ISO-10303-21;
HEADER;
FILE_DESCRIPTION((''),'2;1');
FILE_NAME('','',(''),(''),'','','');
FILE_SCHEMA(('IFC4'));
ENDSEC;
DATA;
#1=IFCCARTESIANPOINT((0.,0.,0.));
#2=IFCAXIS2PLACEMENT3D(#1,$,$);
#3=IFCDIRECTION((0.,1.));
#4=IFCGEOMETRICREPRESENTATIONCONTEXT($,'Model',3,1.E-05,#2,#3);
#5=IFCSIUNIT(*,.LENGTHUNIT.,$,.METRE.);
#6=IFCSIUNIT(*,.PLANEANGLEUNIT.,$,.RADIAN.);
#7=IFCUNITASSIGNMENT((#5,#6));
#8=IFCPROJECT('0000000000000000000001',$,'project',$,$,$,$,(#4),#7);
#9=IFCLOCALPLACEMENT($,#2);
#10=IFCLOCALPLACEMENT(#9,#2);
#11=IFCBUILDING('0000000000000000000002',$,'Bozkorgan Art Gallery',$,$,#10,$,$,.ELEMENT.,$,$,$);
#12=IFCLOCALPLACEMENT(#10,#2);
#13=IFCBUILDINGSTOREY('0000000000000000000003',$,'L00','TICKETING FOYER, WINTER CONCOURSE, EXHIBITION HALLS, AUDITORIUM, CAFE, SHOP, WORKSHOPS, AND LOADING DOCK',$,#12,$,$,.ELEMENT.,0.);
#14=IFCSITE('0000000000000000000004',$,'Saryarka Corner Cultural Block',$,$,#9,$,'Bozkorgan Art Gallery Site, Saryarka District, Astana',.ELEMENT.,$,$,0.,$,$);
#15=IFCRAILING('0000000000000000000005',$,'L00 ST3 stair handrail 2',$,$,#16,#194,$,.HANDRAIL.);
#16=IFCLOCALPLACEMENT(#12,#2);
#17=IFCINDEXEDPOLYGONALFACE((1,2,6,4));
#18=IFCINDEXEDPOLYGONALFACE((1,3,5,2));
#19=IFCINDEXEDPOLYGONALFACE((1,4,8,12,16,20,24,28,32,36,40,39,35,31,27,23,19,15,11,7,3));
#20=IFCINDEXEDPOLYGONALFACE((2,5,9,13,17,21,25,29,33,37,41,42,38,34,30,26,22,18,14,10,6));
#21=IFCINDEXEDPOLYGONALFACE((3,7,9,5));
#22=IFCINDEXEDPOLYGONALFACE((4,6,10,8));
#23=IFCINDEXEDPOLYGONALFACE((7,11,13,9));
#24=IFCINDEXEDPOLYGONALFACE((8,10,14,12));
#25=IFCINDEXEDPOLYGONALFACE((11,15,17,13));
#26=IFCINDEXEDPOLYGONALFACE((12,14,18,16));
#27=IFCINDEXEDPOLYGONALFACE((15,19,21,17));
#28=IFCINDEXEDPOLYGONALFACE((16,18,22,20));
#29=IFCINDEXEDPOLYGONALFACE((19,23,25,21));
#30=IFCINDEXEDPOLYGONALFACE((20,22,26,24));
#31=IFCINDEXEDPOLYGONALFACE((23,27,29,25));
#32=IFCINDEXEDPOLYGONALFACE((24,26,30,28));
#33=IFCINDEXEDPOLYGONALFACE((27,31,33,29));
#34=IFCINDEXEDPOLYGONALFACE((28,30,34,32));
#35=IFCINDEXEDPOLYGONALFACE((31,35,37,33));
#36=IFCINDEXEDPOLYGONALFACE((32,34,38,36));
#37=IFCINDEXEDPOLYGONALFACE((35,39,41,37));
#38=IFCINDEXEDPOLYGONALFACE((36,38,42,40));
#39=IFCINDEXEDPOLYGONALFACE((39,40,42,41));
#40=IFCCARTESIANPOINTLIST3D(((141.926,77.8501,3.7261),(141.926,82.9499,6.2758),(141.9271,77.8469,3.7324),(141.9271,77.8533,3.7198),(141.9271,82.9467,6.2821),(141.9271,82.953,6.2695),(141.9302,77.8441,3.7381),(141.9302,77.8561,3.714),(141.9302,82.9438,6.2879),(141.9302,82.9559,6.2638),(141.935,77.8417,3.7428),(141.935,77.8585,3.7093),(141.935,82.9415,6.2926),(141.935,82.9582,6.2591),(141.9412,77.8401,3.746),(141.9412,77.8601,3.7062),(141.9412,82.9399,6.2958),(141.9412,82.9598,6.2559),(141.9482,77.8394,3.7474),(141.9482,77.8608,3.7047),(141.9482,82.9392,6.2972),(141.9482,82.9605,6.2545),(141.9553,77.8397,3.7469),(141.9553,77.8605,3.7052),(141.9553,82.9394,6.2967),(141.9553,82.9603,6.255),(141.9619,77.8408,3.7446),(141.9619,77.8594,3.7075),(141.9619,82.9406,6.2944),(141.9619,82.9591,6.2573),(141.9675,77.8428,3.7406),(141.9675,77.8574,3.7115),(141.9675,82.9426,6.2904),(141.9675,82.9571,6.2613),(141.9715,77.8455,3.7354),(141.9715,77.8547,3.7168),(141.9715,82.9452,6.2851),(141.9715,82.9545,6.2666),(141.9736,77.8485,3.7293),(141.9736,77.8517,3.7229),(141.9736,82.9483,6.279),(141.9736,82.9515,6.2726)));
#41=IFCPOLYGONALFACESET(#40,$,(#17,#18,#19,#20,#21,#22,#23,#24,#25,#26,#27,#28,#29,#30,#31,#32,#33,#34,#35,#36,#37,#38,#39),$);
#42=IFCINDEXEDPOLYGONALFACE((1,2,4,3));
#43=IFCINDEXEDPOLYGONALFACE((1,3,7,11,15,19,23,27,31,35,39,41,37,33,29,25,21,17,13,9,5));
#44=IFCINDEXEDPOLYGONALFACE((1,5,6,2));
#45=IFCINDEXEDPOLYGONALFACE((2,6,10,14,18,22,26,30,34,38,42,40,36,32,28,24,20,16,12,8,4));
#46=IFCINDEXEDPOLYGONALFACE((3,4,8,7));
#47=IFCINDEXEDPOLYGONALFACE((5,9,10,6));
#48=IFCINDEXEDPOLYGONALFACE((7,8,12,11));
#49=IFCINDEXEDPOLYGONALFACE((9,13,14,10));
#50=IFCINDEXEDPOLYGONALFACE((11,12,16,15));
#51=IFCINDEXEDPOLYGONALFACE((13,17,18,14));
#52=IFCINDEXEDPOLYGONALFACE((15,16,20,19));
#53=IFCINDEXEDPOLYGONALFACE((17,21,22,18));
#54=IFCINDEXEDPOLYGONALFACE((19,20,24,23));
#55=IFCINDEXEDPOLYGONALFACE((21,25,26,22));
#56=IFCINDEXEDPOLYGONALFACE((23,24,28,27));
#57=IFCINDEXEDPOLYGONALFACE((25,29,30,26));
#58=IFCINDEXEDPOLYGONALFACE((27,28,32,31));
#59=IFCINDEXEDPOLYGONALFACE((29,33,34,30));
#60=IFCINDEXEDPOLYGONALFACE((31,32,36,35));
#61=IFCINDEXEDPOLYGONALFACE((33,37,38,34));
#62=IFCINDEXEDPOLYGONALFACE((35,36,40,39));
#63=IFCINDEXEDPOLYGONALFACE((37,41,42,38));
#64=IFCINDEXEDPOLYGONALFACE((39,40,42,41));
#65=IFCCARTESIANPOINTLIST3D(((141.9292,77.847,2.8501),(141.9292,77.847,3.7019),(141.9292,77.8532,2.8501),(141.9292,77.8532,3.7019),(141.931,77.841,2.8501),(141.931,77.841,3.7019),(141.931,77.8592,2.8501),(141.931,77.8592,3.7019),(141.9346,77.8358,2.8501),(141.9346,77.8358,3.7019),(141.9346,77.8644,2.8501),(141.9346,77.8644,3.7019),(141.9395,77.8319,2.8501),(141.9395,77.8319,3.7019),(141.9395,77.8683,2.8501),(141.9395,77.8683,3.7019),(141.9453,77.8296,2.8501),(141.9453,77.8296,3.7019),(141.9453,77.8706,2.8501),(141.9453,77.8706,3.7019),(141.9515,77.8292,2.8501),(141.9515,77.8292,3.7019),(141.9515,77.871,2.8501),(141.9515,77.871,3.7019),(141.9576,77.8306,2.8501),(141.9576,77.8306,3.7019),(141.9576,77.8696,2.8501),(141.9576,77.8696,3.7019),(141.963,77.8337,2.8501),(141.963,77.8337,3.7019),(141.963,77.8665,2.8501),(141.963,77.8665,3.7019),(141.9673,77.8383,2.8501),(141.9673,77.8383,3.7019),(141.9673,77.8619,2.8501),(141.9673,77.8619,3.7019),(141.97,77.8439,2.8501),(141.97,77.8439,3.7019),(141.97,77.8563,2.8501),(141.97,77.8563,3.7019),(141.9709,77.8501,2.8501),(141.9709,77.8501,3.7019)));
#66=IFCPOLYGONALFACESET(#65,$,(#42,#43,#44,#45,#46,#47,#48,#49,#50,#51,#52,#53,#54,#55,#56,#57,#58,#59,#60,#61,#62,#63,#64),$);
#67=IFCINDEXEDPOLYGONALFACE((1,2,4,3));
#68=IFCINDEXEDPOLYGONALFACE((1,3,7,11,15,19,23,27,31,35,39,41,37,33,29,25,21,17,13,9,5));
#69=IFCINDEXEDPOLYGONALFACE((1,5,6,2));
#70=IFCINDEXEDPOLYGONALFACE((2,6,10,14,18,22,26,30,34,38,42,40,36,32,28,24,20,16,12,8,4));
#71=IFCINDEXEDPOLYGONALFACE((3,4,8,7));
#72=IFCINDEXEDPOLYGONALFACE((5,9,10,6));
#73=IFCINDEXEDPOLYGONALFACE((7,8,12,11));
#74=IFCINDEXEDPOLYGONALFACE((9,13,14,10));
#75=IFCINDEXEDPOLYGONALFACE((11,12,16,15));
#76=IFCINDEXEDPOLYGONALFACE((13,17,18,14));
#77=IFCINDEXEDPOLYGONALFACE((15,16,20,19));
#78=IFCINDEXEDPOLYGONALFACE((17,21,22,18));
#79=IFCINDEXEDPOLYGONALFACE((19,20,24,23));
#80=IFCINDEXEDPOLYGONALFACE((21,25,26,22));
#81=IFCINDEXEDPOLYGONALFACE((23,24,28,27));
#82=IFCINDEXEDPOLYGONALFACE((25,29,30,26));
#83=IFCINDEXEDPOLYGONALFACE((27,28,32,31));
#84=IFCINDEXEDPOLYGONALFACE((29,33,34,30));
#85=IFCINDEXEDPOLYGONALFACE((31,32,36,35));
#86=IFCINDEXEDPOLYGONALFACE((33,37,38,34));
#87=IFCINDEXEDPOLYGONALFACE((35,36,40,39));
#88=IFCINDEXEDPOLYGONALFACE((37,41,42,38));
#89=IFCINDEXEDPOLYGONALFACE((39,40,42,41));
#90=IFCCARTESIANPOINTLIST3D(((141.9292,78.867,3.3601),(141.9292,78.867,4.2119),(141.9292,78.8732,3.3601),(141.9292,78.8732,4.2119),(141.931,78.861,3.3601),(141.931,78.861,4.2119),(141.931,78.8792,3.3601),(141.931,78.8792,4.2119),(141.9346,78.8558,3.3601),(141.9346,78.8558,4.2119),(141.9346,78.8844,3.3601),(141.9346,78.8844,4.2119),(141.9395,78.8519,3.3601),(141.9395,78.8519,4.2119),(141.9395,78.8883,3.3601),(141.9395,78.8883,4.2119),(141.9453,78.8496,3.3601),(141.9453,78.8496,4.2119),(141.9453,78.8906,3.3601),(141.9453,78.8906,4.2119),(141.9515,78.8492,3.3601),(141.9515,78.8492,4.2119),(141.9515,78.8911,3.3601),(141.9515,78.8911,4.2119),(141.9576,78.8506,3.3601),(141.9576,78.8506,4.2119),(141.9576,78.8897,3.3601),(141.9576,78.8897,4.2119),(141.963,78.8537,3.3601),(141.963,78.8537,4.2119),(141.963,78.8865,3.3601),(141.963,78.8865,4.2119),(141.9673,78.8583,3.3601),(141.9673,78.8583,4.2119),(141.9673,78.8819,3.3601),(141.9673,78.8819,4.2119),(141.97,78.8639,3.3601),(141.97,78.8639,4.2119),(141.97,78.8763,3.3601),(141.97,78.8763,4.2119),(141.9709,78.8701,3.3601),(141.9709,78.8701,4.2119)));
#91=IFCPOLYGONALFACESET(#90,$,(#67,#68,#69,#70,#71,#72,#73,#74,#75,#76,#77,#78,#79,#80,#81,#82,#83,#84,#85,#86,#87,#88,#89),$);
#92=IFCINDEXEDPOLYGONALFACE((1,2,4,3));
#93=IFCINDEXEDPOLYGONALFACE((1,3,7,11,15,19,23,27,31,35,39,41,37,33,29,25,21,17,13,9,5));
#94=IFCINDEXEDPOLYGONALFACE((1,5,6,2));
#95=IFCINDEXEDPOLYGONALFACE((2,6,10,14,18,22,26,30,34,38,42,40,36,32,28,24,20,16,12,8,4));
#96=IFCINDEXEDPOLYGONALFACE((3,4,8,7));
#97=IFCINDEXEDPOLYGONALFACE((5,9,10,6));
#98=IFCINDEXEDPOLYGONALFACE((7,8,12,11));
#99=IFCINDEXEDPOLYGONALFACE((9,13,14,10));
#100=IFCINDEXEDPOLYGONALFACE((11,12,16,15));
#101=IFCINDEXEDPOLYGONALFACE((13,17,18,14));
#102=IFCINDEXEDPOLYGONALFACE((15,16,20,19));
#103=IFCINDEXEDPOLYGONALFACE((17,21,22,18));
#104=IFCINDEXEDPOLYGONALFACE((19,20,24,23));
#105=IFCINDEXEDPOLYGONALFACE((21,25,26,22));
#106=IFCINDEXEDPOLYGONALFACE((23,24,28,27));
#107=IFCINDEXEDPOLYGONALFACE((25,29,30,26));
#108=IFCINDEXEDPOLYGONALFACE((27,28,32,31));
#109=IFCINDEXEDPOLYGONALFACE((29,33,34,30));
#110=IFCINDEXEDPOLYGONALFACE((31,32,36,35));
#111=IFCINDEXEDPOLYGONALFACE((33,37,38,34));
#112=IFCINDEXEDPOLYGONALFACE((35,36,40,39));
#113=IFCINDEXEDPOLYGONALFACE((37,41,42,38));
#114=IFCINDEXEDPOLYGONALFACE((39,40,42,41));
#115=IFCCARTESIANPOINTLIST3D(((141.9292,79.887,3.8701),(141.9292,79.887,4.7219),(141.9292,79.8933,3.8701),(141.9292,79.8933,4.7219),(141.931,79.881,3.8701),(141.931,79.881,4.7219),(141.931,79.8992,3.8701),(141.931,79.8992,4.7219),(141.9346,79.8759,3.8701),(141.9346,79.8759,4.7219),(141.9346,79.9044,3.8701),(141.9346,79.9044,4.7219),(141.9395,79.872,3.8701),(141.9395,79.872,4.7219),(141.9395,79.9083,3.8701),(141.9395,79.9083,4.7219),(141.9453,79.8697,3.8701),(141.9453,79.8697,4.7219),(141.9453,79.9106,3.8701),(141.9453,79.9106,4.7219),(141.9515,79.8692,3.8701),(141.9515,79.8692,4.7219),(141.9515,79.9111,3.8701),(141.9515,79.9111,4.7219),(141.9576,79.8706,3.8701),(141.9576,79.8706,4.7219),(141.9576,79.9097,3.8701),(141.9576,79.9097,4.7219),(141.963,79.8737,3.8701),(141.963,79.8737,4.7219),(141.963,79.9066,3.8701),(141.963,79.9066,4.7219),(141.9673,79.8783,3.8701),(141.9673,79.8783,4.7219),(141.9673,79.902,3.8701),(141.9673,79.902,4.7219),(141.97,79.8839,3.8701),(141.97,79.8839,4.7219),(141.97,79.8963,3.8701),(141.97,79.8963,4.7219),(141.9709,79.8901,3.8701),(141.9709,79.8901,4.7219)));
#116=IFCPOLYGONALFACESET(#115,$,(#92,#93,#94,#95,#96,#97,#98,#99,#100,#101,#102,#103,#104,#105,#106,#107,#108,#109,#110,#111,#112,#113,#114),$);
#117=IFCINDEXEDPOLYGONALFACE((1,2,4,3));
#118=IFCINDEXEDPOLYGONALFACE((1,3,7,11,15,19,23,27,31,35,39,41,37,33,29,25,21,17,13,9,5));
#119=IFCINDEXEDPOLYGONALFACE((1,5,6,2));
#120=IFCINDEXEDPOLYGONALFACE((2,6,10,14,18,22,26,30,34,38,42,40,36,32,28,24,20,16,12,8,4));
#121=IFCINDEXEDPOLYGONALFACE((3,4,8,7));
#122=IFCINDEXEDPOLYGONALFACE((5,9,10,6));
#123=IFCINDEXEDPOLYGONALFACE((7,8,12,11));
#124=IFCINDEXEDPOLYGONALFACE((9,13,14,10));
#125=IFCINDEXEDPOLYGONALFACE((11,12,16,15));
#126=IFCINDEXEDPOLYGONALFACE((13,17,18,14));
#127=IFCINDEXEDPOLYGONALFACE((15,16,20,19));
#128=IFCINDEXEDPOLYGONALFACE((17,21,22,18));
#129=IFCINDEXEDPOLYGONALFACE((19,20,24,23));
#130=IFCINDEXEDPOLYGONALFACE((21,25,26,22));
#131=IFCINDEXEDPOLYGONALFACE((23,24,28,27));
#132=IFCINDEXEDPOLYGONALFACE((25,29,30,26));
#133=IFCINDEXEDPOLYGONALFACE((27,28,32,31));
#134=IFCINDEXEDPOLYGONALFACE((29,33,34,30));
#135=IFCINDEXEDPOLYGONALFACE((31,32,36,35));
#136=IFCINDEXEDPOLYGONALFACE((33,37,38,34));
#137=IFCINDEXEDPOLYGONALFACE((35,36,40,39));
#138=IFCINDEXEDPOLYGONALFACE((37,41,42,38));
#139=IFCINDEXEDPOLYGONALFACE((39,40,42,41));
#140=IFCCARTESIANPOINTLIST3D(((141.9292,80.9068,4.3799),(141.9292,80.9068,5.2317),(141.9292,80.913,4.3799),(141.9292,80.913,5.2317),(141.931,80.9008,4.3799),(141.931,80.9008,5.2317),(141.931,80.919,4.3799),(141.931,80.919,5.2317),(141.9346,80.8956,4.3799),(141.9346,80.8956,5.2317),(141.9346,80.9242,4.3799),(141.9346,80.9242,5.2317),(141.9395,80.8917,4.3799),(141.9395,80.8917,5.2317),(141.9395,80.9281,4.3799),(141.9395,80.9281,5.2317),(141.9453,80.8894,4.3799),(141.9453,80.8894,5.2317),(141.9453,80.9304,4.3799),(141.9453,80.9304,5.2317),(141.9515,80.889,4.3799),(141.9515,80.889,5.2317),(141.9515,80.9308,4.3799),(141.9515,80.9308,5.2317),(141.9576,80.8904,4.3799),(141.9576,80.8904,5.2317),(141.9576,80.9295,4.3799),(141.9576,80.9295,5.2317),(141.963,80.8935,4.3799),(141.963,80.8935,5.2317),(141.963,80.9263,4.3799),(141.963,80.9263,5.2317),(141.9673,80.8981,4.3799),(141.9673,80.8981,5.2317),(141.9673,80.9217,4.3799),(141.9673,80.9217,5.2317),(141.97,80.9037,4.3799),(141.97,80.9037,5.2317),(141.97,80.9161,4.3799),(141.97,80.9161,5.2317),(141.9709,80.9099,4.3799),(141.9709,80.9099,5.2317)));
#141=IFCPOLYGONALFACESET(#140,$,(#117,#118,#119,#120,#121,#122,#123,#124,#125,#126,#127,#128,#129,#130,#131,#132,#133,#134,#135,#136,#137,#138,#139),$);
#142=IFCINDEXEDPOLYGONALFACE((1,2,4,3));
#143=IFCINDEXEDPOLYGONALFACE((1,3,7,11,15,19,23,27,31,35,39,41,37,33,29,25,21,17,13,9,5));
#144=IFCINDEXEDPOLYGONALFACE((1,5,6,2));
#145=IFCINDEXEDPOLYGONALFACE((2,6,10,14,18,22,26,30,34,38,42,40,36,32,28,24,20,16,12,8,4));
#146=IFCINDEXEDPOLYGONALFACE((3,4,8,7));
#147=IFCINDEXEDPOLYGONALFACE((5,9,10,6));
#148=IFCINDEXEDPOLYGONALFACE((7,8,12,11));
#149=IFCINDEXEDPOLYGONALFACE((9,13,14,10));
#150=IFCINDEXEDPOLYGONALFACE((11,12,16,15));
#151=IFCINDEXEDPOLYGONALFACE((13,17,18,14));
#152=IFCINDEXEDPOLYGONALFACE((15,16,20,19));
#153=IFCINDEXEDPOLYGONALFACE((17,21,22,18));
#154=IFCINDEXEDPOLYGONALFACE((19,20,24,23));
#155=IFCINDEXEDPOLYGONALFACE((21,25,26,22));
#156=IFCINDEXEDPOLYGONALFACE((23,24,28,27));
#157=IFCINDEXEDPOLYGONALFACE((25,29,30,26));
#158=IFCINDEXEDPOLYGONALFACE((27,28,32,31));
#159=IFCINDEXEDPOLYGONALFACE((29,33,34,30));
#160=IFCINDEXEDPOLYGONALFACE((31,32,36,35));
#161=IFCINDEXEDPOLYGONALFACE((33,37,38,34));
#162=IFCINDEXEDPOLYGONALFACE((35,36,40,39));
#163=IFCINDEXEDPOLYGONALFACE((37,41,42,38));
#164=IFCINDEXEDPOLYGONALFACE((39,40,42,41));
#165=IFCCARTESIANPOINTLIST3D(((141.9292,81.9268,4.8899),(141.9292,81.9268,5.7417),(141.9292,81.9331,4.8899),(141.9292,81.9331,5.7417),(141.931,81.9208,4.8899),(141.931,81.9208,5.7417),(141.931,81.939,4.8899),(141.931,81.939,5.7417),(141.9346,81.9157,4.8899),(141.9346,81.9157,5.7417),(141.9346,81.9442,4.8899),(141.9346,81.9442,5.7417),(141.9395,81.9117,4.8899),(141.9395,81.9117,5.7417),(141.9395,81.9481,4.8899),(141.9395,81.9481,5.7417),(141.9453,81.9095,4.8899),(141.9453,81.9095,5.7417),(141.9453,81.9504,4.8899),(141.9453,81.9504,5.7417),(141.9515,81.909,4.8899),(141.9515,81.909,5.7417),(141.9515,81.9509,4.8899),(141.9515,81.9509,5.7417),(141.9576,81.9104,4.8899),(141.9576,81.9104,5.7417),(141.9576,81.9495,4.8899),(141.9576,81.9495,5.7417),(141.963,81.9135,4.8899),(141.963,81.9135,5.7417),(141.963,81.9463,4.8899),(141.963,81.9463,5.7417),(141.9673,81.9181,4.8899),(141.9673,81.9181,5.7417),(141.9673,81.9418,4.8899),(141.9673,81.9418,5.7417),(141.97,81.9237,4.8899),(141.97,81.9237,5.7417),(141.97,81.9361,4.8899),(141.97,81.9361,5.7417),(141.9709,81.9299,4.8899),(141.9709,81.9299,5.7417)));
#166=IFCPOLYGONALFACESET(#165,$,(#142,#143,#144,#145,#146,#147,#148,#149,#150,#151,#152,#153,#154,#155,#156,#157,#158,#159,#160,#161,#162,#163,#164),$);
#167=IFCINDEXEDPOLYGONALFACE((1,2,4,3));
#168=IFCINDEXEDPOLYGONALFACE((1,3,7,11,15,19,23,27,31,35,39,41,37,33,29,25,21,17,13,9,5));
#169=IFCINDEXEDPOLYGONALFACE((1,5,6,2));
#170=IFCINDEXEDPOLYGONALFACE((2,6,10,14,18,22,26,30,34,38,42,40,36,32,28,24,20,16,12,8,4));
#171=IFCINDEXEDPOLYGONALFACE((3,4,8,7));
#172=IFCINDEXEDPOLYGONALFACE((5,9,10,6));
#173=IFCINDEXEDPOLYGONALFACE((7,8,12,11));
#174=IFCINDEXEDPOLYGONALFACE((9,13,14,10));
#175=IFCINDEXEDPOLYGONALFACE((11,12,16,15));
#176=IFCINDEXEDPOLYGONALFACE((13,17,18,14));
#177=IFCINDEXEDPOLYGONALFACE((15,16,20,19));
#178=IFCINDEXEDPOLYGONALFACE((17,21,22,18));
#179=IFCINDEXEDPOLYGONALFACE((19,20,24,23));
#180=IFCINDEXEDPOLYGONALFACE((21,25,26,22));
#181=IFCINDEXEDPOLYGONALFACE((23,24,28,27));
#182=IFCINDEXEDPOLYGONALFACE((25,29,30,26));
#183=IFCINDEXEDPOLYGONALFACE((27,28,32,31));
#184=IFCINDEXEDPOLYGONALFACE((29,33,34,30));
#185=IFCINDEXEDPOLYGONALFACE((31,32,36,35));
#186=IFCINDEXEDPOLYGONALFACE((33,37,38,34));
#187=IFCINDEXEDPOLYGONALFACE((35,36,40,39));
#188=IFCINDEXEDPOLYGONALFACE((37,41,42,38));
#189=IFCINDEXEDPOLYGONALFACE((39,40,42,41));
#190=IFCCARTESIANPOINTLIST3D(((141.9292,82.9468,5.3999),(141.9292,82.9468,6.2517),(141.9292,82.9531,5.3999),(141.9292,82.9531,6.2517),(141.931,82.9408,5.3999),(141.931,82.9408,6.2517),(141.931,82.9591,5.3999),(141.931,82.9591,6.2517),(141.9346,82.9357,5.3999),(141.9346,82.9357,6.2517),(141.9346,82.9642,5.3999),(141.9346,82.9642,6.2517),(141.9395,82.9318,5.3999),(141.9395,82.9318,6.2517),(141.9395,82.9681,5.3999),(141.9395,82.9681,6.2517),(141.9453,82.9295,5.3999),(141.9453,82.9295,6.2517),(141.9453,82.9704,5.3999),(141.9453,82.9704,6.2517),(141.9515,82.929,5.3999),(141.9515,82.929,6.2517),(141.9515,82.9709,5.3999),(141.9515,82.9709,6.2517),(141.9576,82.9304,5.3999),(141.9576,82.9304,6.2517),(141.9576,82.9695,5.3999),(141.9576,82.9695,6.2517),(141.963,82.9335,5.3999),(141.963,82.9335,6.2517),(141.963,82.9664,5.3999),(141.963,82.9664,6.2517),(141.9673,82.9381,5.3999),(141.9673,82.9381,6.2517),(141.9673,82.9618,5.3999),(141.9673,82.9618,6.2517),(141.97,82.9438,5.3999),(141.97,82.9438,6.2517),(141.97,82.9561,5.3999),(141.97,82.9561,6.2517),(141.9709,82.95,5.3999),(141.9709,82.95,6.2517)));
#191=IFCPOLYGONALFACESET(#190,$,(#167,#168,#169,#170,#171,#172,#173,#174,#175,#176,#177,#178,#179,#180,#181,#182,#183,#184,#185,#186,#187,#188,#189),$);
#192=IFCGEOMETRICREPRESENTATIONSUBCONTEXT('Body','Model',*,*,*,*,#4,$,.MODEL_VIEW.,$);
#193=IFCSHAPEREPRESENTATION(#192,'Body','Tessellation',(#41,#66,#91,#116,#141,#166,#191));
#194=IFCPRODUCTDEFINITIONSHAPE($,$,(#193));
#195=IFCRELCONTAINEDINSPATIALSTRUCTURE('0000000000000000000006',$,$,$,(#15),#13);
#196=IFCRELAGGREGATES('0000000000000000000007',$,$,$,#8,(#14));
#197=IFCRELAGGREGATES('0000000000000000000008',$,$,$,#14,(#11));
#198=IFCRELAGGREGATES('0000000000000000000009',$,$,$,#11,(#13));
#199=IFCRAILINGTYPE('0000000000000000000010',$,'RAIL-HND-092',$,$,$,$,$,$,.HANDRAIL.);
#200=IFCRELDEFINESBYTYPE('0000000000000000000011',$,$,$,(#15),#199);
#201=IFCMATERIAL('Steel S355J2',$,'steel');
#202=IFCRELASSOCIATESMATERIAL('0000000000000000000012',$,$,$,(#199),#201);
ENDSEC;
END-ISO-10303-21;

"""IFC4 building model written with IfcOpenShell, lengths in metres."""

from ifc_helpers import new_model, si_unit, direction, frame, origin, origin_2d, place, context, subcontext, project, spatial, circle, extrude, material, type_object, element, save


model = new_model("IFC4")

# Units and contexts
model_context = context("Model", 3, precision=1e-05, world=origin(), true_north=direction((0.0, 1.0)))
body_context = subcontext(model_context, "Body", "Model", "MODEL_VIEW")
ifc_project = project(units=[si_unit("LENGTHUNIT", "METRE"), si_unit("PLANEANGLEUNIT", "RADIAN")], contexts=[model_context])

# Site, building, storey
site_placement = place(None, origin())
site = spatial("IfcSite", under=ifc_project, at=site_placement, Name="Saryarka Corner Cultural Block", LongName="Bozkorgan Art Gallery Site, Saryarka District, Astana", CompositionType="ELEMENT", RefElevation=0.0)
building_placement = place(site_placement, origin())
building = spatial("IfcBuilding", under=site, at=building_placement, Name="Bozkorgan Art Gallery", CompositionType="ELEMENT")
storey_placement = place(building_placement, origin())
storey = spatial("IfcBuildingStorey", under=building, at=storey_placement, Name="L00", Description="TICKETING FOYER, WINTER CONCOURSE, EXHIBITION HALLS, AUDITORIUM, CAFE, SHOP, WORKSHOPS, AND LOADING DOCK", CompositionType="ELEMENT", Elevation=0.0)

# Shared definitions
ifc_material_1 = material(Name="Steel S355J2", Category="steel")

# Railing
railing_type_1 = type_object("IfcRailingType", Name="RAIL-HND-092", PredefinedType="HANDRAIL", material=ifc_material_1)
railing_1_placement = place(storey_placement, frame((141.95, 77.8501, 2.8501)))
element("IfcRailing", 1, at=railing_1_placement, inside=storey, type_object=railing_type_1, Name="L00 ST3 stair handrail 2", PredefinedType="HANDRAIL", context=body_context, shape_type="SweptSolid", body=[
    extrude(circle(Radius=0.0239, at=origin_2d()), frame((0.0, 0.0, 0.876), z_axis=(0.0, 0.894436, 0.447196), x_axis=(-1.0, 0.0, 0.0)), (0.0, 0.0, 1.0), 5.7017),
    extrude(circle(Radius=0.021, at=origin_2d()), origin(), (0.0, 0.0, 1.0), 0.8518),
    extrude(circle(Radius=0.021, at=origin_2d()), frame((0.0, 1.02, 0.51)), (0.0, 0.0, 1.0), 0.8518),
    extrude(circle(Radius=0.021, at=origin_2d()), frame((0.0, 2.04, 1.02)), (0.0, 0.0, 1.0), 0.8518),
    extrude(circle(Radius=0.021, at=origin_2d()), frame((0.0, 3.0598, 1.5298)), (0.0, 0.0, 1.0), 0.8518),
    extrude(circle(Radius=0.021, at=origin_2d()), frame((0.0, 4.0798, 2.0398)), (0.0, 0.0, 1.0), 0.8518),
    extrude(circle(Radius=0.021, at=origin_2d()), frame((0.0, 5.0999, 2.5498)), (0.0, 0.0, 1.0), 0.8518),
])

save(model, "model.ifc")
